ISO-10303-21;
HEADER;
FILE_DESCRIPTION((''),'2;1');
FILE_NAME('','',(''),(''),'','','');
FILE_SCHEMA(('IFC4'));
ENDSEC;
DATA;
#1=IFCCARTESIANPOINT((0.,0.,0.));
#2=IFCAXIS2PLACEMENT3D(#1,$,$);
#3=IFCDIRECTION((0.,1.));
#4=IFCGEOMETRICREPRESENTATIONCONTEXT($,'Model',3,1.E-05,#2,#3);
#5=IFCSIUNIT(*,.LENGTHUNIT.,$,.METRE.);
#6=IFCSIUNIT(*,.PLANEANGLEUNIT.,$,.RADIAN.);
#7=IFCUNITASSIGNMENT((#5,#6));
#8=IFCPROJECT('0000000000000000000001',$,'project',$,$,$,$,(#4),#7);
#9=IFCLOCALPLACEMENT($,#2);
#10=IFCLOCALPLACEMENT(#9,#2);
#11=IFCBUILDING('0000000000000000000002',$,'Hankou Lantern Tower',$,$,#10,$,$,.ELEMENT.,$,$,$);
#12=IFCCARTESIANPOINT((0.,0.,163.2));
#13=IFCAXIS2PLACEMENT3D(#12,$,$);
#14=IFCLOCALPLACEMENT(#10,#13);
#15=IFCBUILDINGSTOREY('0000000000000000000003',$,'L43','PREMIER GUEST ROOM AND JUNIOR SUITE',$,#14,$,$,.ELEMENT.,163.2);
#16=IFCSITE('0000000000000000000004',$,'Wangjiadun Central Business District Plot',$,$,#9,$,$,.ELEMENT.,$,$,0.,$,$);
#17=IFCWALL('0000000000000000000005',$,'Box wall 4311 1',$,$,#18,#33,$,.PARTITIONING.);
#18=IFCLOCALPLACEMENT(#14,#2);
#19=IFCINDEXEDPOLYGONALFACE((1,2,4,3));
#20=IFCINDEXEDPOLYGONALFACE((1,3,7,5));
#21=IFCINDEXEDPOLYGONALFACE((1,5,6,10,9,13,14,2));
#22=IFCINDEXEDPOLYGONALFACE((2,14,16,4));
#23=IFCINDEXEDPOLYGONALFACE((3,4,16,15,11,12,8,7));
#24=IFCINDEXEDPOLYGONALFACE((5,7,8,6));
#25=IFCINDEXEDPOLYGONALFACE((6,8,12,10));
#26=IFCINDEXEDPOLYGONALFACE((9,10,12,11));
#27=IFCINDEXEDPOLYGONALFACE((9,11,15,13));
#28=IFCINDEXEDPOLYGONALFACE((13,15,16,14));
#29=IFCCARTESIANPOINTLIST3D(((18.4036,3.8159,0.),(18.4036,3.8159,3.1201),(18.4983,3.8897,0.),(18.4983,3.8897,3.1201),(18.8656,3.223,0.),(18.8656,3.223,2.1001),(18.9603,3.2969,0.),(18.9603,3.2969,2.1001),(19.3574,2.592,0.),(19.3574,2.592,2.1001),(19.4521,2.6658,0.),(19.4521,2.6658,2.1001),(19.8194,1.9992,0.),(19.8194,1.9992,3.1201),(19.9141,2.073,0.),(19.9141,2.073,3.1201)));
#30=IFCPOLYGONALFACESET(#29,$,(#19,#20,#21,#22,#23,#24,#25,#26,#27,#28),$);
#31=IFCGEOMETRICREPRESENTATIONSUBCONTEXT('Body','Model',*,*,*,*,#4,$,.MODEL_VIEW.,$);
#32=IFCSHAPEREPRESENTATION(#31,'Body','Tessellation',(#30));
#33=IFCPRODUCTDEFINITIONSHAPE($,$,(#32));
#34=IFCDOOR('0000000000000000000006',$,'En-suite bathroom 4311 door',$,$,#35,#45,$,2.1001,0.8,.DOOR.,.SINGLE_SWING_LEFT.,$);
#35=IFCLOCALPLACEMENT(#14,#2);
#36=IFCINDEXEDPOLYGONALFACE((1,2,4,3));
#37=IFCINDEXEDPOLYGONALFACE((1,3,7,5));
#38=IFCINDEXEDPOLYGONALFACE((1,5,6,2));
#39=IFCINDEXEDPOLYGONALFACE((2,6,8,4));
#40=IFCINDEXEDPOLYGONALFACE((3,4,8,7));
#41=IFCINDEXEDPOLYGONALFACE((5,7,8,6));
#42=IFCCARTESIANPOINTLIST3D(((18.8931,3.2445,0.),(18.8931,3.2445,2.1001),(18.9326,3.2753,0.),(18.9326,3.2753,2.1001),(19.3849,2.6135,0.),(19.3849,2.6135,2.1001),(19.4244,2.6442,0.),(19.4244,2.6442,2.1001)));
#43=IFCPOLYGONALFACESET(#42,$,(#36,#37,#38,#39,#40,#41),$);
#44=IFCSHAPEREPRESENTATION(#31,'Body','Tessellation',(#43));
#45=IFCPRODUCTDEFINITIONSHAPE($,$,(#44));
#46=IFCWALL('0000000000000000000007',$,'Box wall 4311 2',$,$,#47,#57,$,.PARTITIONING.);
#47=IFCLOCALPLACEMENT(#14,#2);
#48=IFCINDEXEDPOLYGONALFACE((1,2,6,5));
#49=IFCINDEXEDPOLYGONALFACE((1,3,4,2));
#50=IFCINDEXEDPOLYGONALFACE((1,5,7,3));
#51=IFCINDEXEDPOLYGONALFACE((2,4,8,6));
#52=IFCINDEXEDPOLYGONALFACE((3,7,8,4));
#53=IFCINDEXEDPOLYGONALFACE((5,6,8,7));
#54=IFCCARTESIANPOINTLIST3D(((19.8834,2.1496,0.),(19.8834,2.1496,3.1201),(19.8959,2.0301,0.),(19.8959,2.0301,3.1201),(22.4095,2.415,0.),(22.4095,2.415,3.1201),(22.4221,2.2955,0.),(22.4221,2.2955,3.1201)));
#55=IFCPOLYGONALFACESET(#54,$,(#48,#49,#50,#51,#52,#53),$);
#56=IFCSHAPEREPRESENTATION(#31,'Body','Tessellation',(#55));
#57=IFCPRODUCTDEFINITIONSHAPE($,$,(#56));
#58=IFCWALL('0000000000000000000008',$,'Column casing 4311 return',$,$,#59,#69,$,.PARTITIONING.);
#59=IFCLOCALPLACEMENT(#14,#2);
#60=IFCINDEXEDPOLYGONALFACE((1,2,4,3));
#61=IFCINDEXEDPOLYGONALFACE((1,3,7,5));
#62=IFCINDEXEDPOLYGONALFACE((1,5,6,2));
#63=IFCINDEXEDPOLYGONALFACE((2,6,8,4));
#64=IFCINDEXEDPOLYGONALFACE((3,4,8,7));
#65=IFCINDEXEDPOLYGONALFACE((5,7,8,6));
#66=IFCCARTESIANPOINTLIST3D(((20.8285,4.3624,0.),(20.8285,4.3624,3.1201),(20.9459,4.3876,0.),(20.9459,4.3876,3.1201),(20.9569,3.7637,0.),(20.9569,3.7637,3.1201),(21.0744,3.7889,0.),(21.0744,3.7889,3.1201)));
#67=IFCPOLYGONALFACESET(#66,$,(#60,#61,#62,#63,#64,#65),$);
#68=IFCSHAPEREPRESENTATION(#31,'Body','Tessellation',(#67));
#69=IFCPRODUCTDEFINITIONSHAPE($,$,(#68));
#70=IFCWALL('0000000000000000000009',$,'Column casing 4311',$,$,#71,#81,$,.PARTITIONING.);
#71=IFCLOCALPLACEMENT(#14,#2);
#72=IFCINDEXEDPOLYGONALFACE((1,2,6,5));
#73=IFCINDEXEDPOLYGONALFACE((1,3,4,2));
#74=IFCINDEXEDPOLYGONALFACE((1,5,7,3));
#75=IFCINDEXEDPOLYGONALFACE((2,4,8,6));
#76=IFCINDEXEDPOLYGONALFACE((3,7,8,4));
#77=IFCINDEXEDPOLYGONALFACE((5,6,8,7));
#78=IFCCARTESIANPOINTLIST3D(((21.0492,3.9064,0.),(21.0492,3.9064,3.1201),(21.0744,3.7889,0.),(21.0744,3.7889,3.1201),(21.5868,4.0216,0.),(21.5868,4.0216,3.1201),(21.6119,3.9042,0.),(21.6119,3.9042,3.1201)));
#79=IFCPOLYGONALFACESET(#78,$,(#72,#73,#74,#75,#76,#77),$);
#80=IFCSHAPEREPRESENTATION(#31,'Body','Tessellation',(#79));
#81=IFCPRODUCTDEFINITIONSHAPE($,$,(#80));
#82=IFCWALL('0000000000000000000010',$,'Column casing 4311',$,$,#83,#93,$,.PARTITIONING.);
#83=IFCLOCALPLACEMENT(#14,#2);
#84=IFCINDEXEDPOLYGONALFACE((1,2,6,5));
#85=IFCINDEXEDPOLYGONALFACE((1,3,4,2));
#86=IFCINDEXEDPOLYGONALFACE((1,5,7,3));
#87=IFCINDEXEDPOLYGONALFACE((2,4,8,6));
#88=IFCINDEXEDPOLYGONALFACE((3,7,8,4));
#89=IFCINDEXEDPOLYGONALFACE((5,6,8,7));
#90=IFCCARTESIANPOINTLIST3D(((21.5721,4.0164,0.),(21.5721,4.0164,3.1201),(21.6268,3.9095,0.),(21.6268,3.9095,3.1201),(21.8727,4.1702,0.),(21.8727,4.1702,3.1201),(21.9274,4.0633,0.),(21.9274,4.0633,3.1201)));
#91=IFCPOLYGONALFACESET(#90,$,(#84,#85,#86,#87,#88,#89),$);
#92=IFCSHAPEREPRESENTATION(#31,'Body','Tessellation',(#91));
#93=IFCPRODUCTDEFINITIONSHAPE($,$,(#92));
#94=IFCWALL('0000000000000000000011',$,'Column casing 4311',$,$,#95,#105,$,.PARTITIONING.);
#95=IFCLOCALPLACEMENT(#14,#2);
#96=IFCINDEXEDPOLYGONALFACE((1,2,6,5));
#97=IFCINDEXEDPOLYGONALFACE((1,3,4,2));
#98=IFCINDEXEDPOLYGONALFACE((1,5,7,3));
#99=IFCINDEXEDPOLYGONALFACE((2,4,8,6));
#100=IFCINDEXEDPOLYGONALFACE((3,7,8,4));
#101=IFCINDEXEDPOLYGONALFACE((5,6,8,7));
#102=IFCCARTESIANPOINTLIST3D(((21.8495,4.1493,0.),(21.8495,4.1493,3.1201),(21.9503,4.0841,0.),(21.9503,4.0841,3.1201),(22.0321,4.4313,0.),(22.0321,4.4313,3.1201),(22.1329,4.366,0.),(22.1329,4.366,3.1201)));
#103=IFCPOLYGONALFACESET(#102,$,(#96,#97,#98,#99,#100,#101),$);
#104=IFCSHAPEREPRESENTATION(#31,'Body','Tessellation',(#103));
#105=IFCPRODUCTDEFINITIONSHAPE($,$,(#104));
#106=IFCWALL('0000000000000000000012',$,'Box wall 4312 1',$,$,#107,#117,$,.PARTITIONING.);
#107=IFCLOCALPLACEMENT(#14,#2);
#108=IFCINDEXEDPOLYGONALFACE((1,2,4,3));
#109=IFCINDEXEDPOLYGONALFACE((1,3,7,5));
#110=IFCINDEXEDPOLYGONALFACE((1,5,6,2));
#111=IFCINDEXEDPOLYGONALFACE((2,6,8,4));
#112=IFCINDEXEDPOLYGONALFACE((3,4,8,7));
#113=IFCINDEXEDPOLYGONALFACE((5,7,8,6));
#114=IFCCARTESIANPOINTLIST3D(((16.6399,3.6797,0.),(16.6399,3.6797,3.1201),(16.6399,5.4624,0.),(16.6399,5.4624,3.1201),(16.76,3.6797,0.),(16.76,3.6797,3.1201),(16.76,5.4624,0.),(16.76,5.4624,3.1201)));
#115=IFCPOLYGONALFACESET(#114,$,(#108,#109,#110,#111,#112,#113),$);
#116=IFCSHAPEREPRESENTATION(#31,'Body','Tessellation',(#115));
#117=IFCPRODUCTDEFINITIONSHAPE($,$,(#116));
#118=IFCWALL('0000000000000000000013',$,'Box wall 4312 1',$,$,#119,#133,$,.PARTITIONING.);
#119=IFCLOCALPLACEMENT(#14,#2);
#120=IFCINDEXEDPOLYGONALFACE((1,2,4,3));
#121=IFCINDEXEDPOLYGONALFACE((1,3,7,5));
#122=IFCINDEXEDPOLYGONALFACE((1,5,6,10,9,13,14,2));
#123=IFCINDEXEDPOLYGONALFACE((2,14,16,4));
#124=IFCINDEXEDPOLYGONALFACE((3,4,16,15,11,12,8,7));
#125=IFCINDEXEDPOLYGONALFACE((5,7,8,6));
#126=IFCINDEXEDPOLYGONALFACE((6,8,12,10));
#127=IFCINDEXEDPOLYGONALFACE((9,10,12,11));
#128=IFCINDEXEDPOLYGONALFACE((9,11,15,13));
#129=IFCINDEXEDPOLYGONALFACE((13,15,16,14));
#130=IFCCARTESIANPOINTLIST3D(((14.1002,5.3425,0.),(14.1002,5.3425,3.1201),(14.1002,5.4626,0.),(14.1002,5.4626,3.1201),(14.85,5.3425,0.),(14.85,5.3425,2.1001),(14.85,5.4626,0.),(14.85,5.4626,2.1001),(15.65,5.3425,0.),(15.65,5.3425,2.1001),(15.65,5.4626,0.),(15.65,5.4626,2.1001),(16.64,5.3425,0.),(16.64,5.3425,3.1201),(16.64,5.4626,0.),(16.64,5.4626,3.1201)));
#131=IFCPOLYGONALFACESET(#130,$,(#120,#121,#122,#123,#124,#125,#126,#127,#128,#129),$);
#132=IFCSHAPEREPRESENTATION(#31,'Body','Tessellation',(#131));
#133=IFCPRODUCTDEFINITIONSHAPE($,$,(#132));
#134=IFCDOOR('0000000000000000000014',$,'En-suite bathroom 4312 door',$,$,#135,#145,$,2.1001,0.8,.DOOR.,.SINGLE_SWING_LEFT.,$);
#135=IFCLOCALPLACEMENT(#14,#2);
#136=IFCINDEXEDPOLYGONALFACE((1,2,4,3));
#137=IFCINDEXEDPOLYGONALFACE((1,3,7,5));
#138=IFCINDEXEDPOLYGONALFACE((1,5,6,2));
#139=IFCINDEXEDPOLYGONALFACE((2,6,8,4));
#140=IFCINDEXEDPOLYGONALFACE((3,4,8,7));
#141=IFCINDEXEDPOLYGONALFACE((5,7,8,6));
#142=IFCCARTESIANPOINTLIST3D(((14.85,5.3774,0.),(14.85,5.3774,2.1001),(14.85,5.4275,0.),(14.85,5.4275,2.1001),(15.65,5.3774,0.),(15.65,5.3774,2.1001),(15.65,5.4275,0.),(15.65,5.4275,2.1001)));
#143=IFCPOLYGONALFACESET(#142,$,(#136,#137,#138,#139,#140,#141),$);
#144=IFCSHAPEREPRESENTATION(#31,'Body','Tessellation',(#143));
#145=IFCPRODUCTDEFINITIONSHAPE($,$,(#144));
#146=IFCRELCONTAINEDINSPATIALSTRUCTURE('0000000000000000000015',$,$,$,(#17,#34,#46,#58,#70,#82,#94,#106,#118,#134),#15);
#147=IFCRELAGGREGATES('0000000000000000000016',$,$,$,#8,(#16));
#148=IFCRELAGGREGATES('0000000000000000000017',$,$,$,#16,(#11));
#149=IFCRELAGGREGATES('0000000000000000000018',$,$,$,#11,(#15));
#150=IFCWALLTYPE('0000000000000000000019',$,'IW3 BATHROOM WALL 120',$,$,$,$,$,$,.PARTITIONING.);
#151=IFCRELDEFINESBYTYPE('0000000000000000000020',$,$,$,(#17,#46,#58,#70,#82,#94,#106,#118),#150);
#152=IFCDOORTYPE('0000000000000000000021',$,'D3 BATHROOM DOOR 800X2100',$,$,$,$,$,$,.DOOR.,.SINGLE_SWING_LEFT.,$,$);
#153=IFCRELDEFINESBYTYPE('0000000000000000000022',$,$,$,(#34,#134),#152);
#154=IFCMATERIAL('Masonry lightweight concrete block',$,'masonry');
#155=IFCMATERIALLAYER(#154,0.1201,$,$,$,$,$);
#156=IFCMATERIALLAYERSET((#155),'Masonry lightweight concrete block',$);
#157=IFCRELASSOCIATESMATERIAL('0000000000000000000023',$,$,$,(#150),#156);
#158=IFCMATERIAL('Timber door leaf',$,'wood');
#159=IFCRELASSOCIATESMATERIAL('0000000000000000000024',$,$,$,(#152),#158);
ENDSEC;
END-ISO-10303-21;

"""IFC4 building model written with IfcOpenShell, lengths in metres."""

from ifc_helpers import new_model, si_unit, direction, frame, frame_2d, origin, place, context, subcontext, project, spatial, rectangle, extrude, material, layer, layer_set, type_object, element, fill, save


model = new_model("IFC4")

# Units and contexts
model_context = context("Model", 3, precision=1e-05, world=origin(), true_north=direction((0.0, 1.0)))
body_context = subcontext(model_context, "Body", "Model", "MODEL_VIEW")
ifc_project = project(units=[si_unit("LENGTHUNIT", "METRE"), si_unit("PLANEANGLEUNIT", "RADIAN")], contexts=[model_context])

# Site, building, storey
site_placement = place(None, origin())
site = spatial("IfcSite", under=ifc_project, at=site_placement, Name="Wangjiadun Central Business District Plot", CompositionType="ELEMENT", RefElevation=0.0)
building_placement = place(site_placement, origin())
building = spatial("IfcBuilding", under=site, at=building_placement, Name="Hankou Lantern Tower", CompositionType="ELEMENT")
storey_placement = place(building_placement, frame((0.0, 0.0, 163.2)))
storey = spatial("IfcBuildingStorey", under=building, at=storey_placement, Name="L43", Description="PREMIER GUEST ROOM AND JUNIOR SUITE", CompositionType="ELEMENT", Elevation=163.2)

# Wall, opening, door
ifc_material_1 = material(Name="Masonry lightweight concrete block", Category="masonry")
ifc_layer_1 = layer(ifc_material_1, 0.1201)
ifc_layer_set_1 = layer_set([ifc_layer_1], Name="Masonry lightweight concrete block")
wall_type_1 = type_object("IfcWallType", Name="IW3 BATHROOM WALL 120", PredefinedType="PARTITIONING", material=ifc_layer_set_1)
wall_1_placement = place(storey_placement, frame((18.4509, 3.8528, 0.0), z_axis=(0.0, 0.0, 1.0), x_axis=(0.614704, -0.788758, 0.0)))
wall_1 = element("IfcWall", 1, at=wall_1_placement, inside=storey, type_object=wall_type_1, Name="Box wall 4311 1", PredefinedType="PARTITIONING", context=body_context, shape_type="SweptSolid", body=[
    extrude(rectangle(XDim=2.3032, YDim=0.1201, at=frame_2d((1.1516, 0.0))), origin(), (0.0, 0.0, 1.0), 3.1201),
])
opening_1_placement = place(wall_1_placement, frame((0.7517, 0.0, 0.0)))
opening_1 = element("IfcOpeningElement", 2, at=opening_1_placement, cuts=wall_1, PredefinedType="OPENING", context=body_context, shape_type="SweptSolid", body=[
    extrude(rectangle(XDim=0.8, YDim=2.1001, at=frame_2d((0.3999, 1.05))), frame((0.0, 0.0701, 0.0), z_axis=(0.0, -1.0, 0.0), x_axis=(1.0, 0.0, 0.0)), (0.0, 0.0, 1.0), 0.1401),
])
ifc_material_2 = material(Name="Timber door leaf", Category="wood")
door_type = type_object("IfcDoorType", Name="D3 BATHROOM DOOR 800X2100", OperationType="SINGLE_SWING_LEFT", PredefinedType="DOOR", material=ifc_material_2)
door_1_placement = place(opening_1_placement, origin())
door_1 = element("IfcDoor", 3, at=door_1_placement, inside=storey, type_object=door_type, Name="En-suite bathroom 4311 door", OperationType="SINGLE_SWING_LEFT", OverallHeight=2.1001, OverallWidth=0.8, PredefinedType="DOOR", context=body_context, shape_type="SweptSolid", body=[
    extrude(rectangle(XDim=0.8, YDim=2.1001, at=frame_2d((0.3999, 1.05))), frame((0.0, 0.0249, 0.0), z_axis=(0.0, -1.0, 0.0), x_axis=(1.0, 0.0, 0.0)), (0.0, 0.0, 1.0), 0.05),
])
fill(opening_1, door_1)

# Walls
wall_2_placement = place(storey_placement, frame((19.8896, 2.0898, 0.0), z_axis=(0.0, 0.0, 1.0), x_axis=(0.994527, 0.10448, 0.0)))
element("IfcWall", 4, at=wall_2_placement, inside=storey, type_object=wall_type_1, Name="Box wall 4311 2", PredefinedType="PARTITIONING", context=body_context, shape_type="SweptSolid", body=[
    extrude(rectangle(XDim=2.54, YDim=0.1201, at=frame_2d((1.27, 0.0))), origin(), (0.0, 0.0, 1.0), 3.1201),
])
wall_3_placement = place(storey_placement, frame((20.8872, 4.375, 0.0), z_axis=(0.0, 0.0, 1.0), x_axis=(0.209747, -0.977756, 0.0)))
element("IfcWall", 5, at=wall_3_placement, inside=storey, type_object=wall_type_1, Name="Column casing 4311 return", PredefinedType="PARTITIONING", context=body_context, shape_type="SweptSolid", body=[
    extrude(rectangle(XDim=0.6123, YDim=0.1201, at=frame_2d((0.3062, 0.0))), origin(), (0.0, 0.0, 1.0), 3.1201),
])
wall_4_placement = place(storey_placement, frame((21.0618, 3.8477, 0.0), z_axis=(0.0, 0.0, 1.0), x_axis=(0.977789, 0.20959, 0.0)))
element("IfcWall", 6, at=wall_4_placement, inside=storey, type_object=wall_type_1, Name="Column casing 4311", PredefinedType="PARTITIONING", context=body_context, shape_type="SweptSolid", body=[
    extrude(rectangle(XDim=0.5498, YDim=0.1201, at=frame_2d((0.2749, 0.0))), origin(), (0.0, 0.0, 1.0), 3.1201),
])
wall_5_placement = place(storey_placement, frame((21.5994, 3.9629, 0.0), z_axis=(0.0, 0.0, 1.0), x_axis=(0.890194, 0.455582, 0.0)))
element("IfcWall", 7, at=wall_5_placement, inside=storey, type_object=wall_type_1, Name="Column casing 4311", PredefinedType="PARTITIONING", context=body_context, shape_type="SweptSolid", body=[
    extrude(rectangle(XDim=0.3376, YDim=0.1201, at=frame_2d((0.1689, 0.0))), origin(), (0.0, 0.0, 1.0), 3.1201),
])
wall_6_placement = place(storey_placement, frame((21.8999, 4.1167, 0.0), z_axis=(0.0, 0.0, 1.0), x_axis=(0.543583, 0.839356, 0.0)))
element("IfcWall", 8, at=wall_6_placement, inside=storey, type_object=wall_type_1, Name="Column casing 4311", PredefinedType="PARTITIONING", context=body_context, shape_type="SweptSolid", body=[
    extrude(rectangle(XDim=0.3359, YDim=0.1201, at=frame_2d((0.168, 0.0))), origin(), (0.0, 0.0, 1.0), 3.1201),
])
wall_7_placement = place(storey_placement, frame((16.7, 3.6797, 0.0), z_axis=(0.0, 0.0, 1.0), x_axis=(0.0, 1.0, 0.0)))
element("IfcWall", 9, at=wall_7_placement, inside=storey, type_object=wall_type_1, Name="Box wall 4312 1", PredefinedType="PARTITIONING", context=body_context, shape_type="SweptSolid", body=[
    extrude(rectangle(XDim=1.7827, YDim=0.1201, at=frame_2d((0.8914, 0.0))), origin(), (0.0, 0.0, 1.0), 3.1201),
])

# Wall, opening, door
wall_8_placement = place(storey_placement, frame((14.1001, 5.4026, 0.0), z_axis=(0.0, 0.0, 1.0), x_axis=(1.0, 0.0, 0.0)))
wall_8 = element("IfcWall", 10, at=wall_8_placement, inside=storey, type_object=wall_type_1, Name="Box wall 4312 1", PredefinedType="PARTITIONING", context=body_context, shape_type="SweptSolid", body=[
    extrude(rectangle(XDim=2.5398, YDim=0.1201, at=frame_2d((1.27, 0.0))), origin(), (0.0, 0.0, 1.0), 3.1201),
])
opening_2_placement = place(wall_8_placement, frame((0.75, 0.0, 0.0)))
opening_2 = element("IfcOpeningElement", 11, at=opening_2_placement, cuts=wall_8, PredefinedType="OPENING", context=body_context, shape_type="SweptSolid", body=[
    extrude(rectangle(XDim=0.8, YDim=2.1001, at=frame_2d((0.3999, 1.05))), frame((0.0, 0.0701, 0.0), z_axis=(0.0, -1.0, 0.0), x_axis=(1.0, 0.0, 0.0)), (0.0, 0.0, 1.0), 0.1401),
])
door_2_placement = place(opening_2_placement, origin())
door_2 = element("IfcDoor", 12, at=door_2_placement, inside=storey, type_object=door_type, Name="En-suite bathroom 4312 door", OperationType="SINGLE_SWING_LEFT", OverallHeight=2.1001, OverallWidth=0.8, PredefinedType="DOOR", context=body_context, shape_type="SweptSolid", body=[
    extrude(rectangle(XDim=0.8, YDim=2.1001, at=frame_2d((0.3999, 1.05))), frame((0.0, 0.0249, 0.0), z_axis=(0.0, -1.0, 0.0), x_axis=(1.0, 0.0, 0.0)), (0.0, 0.0, 1.0), 0.05),
])
fill(opening_2, door_2)

save(model, "model.ifc")
